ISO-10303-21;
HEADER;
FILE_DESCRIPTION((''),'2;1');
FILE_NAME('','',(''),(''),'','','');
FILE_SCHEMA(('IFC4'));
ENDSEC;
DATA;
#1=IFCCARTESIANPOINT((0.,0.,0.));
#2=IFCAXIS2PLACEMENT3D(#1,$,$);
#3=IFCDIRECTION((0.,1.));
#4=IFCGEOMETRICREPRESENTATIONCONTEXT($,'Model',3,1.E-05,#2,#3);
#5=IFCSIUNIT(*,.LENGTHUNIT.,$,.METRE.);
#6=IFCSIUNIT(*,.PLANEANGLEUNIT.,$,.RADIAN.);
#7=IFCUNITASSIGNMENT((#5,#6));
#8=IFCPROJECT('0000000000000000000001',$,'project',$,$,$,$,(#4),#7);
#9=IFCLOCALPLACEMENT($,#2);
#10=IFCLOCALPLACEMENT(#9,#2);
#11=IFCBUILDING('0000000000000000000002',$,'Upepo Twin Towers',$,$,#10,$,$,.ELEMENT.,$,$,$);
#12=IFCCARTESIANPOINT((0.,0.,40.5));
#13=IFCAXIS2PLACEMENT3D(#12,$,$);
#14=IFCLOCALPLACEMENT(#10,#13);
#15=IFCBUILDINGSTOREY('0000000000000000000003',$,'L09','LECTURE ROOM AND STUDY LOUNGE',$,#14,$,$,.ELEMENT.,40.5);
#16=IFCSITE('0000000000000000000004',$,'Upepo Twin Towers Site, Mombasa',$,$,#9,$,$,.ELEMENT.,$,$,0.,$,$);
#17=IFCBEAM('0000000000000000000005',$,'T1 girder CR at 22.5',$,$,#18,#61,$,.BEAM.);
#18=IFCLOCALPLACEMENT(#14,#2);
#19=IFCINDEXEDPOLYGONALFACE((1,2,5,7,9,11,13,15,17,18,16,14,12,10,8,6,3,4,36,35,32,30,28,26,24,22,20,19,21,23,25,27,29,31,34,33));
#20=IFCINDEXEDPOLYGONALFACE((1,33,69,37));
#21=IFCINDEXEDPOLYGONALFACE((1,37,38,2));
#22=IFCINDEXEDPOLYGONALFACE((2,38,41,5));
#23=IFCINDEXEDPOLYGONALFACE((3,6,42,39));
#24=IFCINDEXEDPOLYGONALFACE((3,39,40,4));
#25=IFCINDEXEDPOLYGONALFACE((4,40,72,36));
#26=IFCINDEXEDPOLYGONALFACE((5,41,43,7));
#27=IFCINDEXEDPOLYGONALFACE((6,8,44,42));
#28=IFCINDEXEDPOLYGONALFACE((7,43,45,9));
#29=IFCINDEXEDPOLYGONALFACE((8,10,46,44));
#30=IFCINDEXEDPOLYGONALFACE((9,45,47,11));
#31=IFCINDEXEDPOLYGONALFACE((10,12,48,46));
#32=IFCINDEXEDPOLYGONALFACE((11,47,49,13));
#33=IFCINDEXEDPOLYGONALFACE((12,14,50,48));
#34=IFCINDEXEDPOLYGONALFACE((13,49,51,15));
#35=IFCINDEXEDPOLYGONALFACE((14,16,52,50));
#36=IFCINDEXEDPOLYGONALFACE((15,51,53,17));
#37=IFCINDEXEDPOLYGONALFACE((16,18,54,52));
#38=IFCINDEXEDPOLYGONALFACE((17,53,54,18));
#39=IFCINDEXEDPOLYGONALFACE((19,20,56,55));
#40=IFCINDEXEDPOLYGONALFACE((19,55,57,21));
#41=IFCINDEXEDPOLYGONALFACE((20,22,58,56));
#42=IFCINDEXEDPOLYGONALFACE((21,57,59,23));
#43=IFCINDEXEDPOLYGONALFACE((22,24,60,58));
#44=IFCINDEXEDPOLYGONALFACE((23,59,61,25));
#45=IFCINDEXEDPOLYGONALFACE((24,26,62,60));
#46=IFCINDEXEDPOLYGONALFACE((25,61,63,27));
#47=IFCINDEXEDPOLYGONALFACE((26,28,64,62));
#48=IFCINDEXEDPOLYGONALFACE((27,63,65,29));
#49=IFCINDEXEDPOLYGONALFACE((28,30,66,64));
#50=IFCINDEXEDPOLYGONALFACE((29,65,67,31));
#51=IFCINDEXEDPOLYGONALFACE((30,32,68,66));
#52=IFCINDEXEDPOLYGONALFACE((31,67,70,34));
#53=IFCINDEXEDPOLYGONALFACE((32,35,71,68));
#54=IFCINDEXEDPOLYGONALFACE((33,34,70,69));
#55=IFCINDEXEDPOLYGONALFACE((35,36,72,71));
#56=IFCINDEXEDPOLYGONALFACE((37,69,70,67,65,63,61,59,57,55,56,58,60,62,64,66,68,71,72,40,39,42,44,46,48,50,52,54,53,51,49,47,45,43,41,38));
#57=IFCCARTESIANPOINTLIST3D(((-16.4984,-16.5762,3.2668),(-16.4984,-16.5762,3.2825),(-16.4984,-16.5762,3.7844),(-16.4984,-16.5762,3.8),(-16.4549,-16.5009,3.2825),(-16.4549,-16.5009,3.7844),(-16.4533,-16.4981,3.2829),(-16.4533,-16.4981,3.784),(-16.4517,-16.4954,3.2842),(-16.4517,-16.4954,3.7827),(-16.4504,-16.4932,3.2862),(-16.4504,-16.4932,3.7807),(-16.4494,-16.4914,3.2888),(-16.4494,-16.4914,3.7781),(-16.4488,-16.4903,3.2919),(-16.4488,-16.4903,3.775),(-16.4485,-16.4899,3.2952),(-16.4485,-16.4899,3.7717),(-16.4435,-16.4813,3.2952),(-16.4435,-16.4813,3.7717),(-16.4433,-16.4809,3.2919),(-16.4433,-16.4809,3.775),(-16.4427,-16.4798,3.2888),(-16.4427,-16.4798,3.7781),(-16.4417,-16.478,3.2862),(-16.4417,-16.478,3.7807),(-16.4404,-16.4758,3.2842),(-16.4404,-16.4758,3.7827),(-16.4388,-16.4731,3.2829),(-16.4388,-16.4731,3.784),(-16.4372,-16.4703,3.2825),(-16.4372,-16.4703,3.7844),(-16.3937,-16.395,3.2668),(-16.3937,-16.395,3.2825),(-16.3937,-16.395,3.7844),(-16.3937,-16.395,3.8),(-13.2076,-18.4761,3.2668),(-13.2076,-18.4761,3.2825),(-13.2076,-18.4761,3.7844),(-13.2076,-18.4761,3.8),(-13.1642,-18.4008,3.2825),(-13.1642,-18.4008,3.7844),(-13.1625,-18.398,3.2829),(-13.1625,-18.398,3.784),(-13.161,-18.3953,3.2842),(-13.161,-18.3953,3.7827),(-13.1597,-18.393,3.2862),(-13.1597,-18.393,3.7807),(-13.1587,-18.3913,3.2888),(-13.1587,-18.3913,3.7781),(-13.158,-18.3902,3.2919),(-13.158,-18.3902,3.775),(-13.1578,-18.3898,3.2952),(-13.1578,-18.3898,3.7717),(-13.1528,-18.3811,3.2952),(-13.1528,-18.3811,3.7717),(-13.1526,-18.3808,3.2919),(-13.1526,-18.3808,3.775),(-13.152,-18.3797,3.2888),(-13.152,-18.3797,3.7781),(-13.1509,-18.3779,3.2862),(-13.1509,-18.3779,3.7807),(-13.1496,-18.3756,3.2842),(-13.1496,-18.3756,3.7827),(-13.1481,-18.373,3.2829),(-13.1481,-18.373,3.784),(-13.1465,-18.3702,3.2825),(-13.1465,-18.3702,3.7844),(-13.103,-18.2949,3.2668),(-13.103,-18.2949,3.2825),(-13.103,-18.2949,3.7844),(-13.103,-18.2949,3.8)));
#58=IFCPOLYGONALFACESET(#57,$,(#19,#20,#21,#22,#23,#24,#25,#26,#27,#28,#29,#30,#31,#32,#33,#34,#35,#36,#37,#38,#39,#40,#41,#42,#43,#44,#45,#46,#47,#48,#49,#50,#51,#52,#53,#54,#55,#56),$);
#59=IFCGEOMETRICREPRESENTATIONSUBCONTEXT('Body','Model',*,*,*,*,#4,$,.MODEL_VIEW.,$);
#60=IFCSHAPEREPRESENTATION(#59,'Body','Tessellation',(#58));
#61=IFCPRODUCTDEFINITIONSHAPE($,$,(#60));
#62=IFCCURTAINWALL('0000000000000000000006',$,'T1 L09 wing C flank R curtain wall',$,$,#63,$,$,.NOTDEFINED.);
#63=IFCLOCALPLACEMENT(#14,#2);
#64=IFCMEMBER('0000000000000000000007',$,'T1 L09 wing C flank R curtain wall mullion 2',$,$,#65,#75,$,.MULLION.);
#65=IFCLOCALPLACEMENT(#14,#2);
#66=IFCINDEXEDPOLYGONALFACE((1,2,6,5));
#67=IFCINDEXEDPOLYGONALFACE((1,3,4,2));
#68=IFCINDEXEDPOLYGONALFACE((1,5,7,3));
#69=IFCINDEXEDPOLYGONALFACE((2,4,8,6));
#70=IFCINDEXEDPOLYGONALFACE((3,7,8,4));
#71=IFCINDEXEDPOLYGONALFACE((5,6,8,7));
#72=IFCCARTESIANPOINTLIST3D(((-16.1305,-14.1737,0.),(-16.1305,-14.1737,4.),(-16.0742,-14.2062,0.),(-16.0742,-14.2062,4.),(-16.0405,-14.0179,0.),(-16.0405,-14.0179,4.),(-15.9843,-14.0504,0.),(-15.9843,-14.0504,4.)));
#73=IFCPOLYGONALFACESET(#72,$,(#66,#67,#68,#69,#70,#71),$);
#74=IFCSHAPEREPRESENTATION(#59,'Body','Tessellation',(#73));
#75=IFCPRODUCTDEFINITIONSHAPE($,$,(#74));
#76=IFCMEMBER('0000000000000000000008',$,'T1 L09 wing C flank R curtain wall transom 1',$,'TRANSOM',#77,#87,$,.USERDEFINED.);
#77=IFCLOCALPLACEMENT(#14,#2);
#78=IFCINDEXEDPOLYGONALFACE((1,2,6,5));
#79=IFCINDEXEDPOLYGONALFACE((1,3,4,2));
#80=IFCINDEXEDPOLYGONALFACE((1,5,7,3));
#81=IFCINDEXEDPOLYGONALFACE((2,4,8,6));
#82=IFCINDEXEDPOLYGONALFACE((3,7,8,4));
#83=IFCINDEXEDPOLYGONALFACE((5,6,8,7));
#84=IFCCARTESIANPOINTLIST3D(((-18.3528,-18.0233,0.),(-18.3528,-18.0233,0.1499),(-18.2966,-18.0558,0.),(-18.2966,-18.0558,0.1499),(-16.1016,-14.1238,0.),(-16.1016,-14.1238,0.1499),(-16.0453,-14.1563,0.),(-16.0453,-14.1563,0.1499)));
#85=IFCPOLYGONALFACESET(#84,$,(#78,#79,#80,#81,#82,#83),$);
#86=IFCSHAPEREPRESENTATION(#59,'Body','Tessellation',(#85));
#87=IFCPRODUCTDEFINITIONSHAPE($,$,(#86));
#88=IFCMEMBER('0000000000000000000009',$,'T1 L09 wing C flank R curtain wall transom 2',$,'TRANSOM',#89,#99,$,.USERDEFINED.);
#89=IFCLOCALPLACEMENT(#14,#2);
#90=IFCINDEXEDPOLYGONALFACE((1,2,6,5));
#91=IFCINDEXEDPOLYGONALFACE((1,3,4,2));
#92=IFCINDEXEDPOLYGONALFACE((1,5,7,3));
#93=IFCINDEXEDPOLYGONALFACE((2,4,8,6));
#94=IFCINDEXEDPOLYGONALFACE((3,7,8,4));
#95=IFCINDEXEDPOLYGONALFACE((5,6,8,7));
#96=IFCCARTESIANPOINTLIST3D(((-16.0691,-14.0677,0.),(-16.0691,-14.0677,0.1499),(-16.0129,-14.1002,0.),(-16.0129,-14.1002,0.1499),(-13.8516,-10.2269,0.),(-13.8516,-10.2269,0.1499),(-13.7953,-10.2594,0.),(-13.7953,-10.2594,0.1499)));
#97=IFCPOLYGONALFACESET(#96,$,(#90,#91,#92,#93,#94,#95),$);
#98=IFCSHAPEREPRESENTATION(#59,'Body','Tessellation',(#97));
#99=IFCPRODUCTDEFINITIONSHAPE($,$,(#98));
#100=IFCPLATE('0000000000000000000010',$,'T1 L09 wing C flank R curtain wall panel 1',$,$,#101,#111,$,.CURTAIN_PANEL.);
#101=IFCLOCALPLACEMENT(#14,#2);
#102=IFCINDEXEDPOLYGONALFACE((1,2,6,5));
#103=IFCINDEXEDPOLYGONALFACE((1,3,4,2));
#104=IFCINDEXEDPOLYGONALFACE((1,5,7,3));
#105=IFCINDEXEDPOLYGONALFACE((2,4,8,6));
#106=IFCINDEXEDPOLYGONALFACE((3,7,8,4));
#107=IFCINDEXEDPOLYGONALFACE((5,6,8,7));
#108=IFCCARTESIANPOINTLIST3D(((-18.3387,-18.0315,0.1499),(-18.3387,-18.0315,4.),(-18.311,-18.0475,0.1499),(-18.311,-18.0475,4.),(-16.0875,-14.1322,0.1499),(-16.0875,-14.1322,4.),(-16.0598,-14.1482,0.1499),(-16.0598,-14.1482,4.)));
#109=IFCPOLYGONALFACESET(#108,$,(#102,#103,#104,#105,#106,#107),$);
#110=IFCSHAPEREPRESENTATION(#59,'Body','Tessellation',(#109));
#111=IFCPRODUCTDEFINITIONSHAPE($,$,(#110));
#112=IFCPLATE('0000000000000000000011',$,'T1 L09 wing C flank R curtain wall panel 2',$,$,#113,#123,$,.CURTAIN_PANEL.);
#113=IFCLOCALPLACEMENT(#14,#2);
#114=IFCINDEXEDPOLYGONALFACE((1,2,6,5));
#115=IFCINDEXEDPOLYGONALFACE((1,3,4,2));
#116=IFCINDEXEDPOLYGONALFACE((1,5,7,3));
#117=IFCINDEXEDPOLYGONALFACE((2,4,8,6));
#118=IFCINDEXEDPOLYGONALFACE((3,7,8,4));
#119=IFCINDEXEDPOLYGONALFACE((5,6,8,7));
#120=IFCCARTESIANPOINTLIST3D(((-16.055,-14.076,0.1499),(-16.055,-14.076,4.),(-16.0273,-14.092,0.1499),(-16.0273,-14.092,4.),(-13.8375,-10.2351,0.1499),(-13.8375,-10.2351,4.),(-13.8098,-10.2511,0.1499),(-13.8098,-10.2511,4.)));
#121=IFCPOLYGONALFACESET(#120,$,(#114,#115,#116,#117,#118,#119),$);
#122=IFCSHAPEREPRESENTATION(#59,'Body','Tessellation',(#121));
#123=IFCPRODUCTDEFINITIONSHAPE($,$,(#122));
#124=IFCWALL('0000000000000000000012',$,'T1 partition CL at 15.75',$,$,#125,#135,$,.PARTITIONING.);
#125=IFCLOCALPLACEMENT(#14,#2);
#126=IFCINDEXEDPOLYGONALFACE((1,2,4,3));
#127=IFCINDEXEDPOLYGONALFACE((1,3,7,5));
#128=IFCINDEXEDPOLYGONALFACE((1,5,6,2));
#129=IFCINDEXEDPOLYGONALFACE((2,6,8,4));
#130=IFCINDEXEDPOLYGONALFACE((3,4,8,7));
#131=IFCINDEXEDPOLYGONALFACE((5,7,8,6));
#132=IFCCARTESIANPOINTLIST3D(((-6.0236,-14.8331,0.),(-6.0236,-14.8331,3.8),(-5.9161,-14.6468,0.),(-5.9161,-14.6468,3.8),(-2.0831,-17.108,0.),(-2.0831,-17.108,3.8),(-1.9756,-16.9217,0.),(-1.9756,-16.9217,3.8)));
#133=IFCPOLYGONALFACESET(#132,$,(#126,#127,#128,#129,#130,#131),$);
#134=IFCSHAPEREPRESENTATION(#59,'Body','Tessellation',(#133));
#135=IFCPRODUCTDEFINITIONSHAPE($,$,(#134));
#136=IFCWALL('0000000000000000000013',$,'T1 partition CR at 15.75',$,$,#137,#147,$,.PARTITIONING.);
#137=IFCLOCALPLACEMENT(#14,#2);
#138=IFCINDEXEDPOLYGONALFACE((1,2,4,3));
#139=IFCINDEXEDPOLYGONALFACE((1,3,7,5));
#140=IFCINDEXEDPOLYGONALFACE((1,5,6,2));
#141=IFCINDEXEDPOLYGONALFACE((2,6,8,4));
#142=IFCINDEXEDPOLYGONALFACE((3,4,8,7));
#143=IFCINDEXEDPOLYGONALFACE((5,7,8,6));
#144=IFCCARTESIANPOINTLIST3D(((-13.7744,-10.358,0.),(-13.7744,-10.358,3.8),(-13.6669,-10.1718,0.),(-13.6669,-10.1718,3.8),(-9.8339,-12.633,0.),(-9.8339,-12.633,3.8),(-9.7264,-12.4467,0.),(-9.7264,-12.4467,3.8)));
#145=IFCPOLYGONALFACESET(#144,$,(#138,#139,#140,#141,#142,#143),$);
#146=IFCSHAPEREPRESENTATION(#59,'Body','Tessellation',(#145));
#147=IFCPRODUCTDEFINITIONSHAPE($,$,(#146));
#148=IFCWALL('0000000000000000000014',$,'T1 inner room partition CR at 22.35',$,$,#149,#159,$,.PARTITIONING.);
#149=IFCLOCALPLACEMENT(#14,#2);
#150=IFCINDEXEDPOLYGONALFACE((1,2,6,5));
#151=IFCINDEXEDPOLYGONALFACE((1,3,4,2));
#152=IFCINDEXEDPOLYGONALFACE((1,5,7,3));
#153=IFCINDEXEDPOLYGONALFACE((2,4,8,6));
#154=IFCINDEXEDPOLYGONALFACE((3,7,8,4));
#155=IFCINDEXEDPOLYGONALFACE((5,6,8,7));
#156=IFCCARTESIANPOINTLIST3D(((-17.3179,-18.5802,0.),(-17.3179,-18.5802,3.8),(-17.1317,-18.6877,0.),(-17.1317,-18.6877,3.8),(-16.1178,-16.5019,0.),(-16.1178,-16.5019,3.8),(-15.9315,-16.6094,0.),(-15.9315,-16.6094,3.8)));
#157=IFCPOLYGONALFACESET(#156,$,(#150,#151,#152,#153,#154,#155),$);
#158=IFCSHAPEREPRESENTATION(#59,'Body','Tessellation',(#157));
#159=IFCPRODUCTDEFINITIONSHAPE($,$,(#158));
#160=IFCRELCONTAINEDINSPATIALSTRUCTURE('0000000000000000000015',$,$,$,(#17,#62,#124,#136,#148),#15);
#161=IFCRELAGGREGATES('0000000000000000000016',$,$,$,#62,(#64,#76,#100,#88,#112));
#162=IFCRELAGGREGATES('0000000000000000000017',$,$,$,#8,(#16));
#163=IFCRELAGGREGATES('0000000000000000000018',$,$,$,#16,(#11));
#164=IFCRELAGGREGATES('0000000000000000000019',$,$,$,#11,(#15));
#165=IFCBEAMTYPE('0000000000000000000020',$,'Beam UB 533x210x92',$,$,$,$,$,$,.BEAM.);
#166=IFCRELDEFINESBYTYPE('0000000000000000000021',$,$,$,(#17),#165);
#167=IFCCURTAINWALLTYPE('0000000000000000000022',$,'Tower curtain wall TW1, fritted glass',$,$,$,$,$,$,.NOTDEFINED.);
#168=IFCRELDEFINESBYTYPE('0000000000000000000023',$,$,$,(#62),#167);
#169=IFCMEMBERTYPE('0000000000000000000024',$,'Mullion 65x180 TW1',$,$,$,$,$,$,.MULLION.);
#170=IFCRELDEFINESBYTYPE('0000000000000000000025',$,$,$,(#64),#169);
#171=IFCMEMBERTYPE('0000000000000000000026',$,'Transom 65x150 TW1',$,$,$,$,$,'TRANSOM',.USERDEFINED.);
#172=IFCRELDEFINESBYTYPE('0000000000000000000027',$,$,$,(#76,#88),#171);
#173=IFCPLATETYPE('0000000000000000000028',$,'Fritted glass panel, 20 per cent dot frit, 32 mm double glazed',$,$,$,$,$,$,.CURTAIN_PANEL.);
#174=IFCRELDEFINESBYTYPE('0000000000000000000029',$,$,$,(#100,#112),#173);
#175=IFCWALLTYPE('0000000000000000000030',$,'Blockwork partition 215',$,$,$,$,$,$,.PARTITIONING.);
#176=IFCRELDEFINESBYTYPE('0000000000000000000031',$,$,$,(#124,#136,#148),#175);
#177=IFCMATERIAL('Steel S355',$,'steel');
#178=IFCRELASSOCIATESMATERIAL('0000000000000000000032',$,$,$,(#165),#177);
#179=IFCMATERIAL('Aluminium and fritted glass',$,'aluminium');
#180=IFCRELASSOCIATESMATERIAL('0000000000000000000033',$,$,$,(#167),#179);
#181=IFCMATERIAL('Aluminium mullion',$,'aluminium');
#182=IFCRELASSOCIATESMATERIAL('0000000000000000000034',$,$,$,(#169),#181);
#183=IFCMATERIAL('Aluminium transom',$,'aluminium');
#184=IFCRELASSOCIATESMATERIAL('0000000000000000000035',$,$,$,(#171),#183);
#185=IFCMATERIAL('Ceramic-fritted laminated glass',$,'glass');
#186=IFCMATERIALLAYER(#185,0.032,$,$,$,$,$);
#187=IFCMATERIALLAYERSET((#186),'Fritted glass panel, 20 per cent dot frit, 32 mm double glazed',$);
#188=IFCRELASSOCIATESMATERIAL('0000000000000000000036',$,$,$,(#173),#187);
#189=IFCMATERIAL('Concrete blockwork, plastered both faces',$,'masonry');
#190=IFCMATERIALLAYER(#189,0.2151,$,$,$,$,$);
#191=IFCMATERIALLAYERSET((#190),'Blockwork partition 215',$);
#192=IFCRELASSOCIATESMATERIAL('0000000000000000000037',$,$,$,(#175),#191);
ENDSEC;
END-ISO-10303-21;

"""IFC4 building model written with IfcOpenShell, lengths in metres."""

from ifc_helpers import new_model, si_unit, direction, frame, frame_2d, origin, origin_2d, place, context, subcontext, project, spatial, rectangle, i_section, extrude, material, layer, layer_set, material_profile, profile_set, type_object, element, aggregate, save


model = new_model("IFC4")

# Units and contexts
model_context = context("Model", 3, precision=1e-05, world=origin(), true_north=direction((0.0, 1.0)))
body_context = subcontext(model_context, "Body", "Model", "MODEL_VIEW")
ifc_project = project(units=[si_unit("LENGTHUNIT", "METRE"), si_unit("PLANEANGLEUNIT", "RADIAN")], contexts=[model_context])

# Site, building, storey
site_placement = place(None, origin())
site = spatial("IfcSite", under=ifc_project, at=site_placement, Name="Upepo Twin Towers Site, Mombasa", CompositionType="ELEMENT", RefElevation=0.0)
building_placement = place(site_placement, origin())
building = spatial("IfcBuilding", under=site, at=building_placement, Name="Upepo Twin Towers", CompositionType="ELEMENT")
storey_placement = place(building_placement, frame((0.0, 0.0, 40.5)))
storey = spatial("IfcBuildingStorey", under=building, at=storey_placement, Name="L09", Description="LECTURE ROOM AND STUDY LOUNGE", CompositionType="ELEMENT", Elevation=40.5)

# Beam
ifc_material_1 = material(Name="Steel S355", Category="steel")
ifc_material_profile_1 = material_profile(ifc_material_1, i_section(OverallWidth=0.2092, OverallDepth=0.5332, WebThickness=0.01, FlangeThickness=0.0156, FilletRadius=0.0127, at=origin_2d()), Name="UB 533x210x92")
ifc_profile_set_1 = profile_set([ifc_material_profile_1], Name="Steel S355")
beam_type_1 = type_object("IfcBeamType", Name="Beam UB 533x210x92", PredefinedType="BEAM", material=ifc_profile_set_1)
beam_1_placement = place(storey_placement, frame((-16.446, -16.4856, 3.5334), z_axis=(0.866028, -0.499995, 0.0), x_axis=(0.499995, 0.866028, 0.0)))
element("IfcBeam", 1, at=beam_1_placement, inside=storey, type_object=beam_type_1, Name="T1 girder CR at 22.5", PredefinedType="BEAM", context=body_context, shape_type="SweptSolid", body=[
    extrude(i_section(OverallWidth=0.2092, OverallDepth=0.5332, WebThickness=0.01, FlangeThickness=0.0156, FilletRadius=0.0127, at=origin_2d()), origin(), (0.0, 0.0, 1.0), 3.7998),
])

# Curtain wall, members, plates
ifc_material_2 = material(Name="Aluminium and fritted glass", Category="aluminium")
curtain_wall_type = type_object("IfcCurtainWallType", Name="Tower curtain wall TW1, fritted glass", PredefinedType="NOTDEFINED", material=ifc_material_2)
curtain_wall_placement = place(storey_placement, origin())
curtain_wall = element("IfcCurtainWall", 2, at=curtain_wall_placement, inside=storey, type_object=curtain_wall_type, Name="T1 L09 wing C flank R curtain wall", PredefinedType="NOTDEFINED")
ifc_material_3 = material(Name="Aluminium mullion", Category="aluminium")
ifc_material_profile_2 = material_profile(ifc_material_3, rectangle(XDim=0.0649, YDim=0.1799, at=origin_2d()), Name="MULLION 65x180")
ifc_profile_set_2 = profile_set([ifc_material_profile_2], Name="Aluminium mullion")
member_type_1 = type_object("IfcMemberType", Name="Mullion 65x180 TW1", PredefinedType="MULLION", material=ifc_profile_set_2)
member_1_placement = place(storey_placement, frame((-16.0574, -14.1121, 0.0), z_axis=(0.0, 0.0, 1.0), x_axis=(-0.866025, 0.5, 0.0)))
member_1 = element("IfcMember", 3, at=member_1_placement, type_object=member_type_1, Name="T1 L09 wing C flank R curtain wall mullion 2", PredefinedType="MULLION", context=body_context, shape_type="SweptSolid", body=[
    extrude(rectangle(XDim=0.0649, YDim=0.1799, at=origin_2d()), origin(), (0.0, 0.0, 1.0), 4.0),
])
ifc_material_4 = material(Name="Aluminium transom", Category="aluminium")
ifc_material_profile_3 = material_profile(ifc_material_4, rectangle(XDim=0.0649, YDim=0.1499, at=origin_2d()), Name="TRANSOM 65x150")
ifc_profile_set_3 = profile_set([ifc_material_profile_3], Name="Aluminium transom")
member_type_2 = type_object("IfcMemberType", Name="Transom 65x150 TW1", ElementType="TRANSOM", PredefinedType="USERDEFINED", material=ifc_profile_set_3)
member_2_placement = place(storey_placement, frame((-18.3247, -18.0396, 0.075), z_axis=(0.499982, 0.866036, 0.0), x_axis=(-0.866036, 0.499982, 0.0)))
member_2 = element("IfcMember", 4, at=member_2_placement, type_object=member_type_2, Name="T1 L09 wing C flank R curtain wall transom 1", ObjectType="TRANSOM", PredefinedType="USERDEFINED", context=body_context, shape_type="SweptSolid", body=[
    extrude(rectangle(XDim=0.0649, YDim=0.1499, at=origin_2d()), origin(), (0.0, 0.0, 1.0), 4.5027),
])
member_3_placement = place(storey_placement, frame((-16.041, -14.084, 0.075), z_axis=(0.500005, 0.866022, 0.0), x_axis=(-0.866022, 0.500005, 0.0)))
member_3 = element("IfcMember", 5, at=member_3_placement, type_object=member_type_2, Name="T1 L09 wing C flank R curtain wall transom 2", ObjectType="TRANSOM", PredefinedType="USERDEFINED", context=body_context, shape_type="SweptSolid", body=[
    extrude(rectangle(XDim=0.0649, YDim=0.1499, at=origin_2d()), origin(), (0.0, 0.0, 1.0), 4.4351),
])
ifc_material_5 = material(Name="Ceramic-fritted laminated glass", Category="glass")
ifc_layer_1 = layer(ifc_material_5, 0.032)
ifc_layer_set_1 = layer_set([ifc_layer_1], Name="Fritted glass panel, 20 per cent dot frit, 32 mm double glazed")
plate_type = type_object("IfcPlateType", Name="Fritted glass panel, 20 per cent dot frit, 32 mm double glazed", PredefinedType="CURTAIN_PANEL", material=ifc_layer_set_1)
plate_1_placement = place(storey_placement, frame((-17.1992, -16.0898, 0.1499), z_axis=(0.0, 0.0, 1.0), x_axis=(0.5, 0.866025, 0.0)))
plate_1 = element("IfcPlate", 6, at=plate_1_placement, type_object=plate_type, Name="T1 L09 wing C flank R curtain wall panel 1", PredefinedType="CURTAIN_PANEL", context=body_context, shape_type="SweptSolid", body=[
    extrude(rectangle(XDim=4.5024, YDim=0.032, at=origin_2d()), origin(), (0.0, 0.0, 1.0), 3.8501),
])
plate_2_placement = place(storey_placement, frame((-14.9324, -12.1636, 0.1499), z_axis=(0.0, 0.0, 1.0), x_axis=(0.5, 0.866025, 0.0)))
plate_2 = element("IfcPlate", 7, at=plate_2_placement, type_object=plate_type, Name="T1 L09 wing C flank R curtain wall panel 2", PredefinedType="CURTAIN_PANEL", context=body_context, shape_type="SweptSolid", body=[
    extrude(rectangle(XDim=4.4351, YDim=0.032, at=origin_2d()), origin(), (0.0, 0.0, 1.0), 3.8501),
])
aggregate(curtain_wall, [member_1, member_2, plate_1, member_3, plate_2])

# Walls
ifc_material_6 = material(Name="Concrete blockwork, plastered both faces", Category="masonry")
ifc_layer_2 = layer(ifc_material_6, 0.2151)
ifc_layer_set_2 = layer_set([ifc_layer_2], Name="Blockwork partition 215")
wall_type_1 = type_object("IfcWallType", Name="Blockwork partition 215", PredefinedType="PARTITIONING", material=ifc_layer_set_2)
for number, where, z_axis, x_axis, name in (
    (8, (-5.9697, -14.74, 0.0), (0.0, 0.0, 1.0), (0.866035, -0.499983, 0.0), "T1 partition CL at 15.75"),
    (9, (-9.7803, -12.5398, 0.0), (0.0, 0.0, 1.0), (-0.866035, 0.499983, 0.0), "T1 partition CR at 15.75"),
):
    element("IfcWall", number, at=place(storey_placement, frame(where, z_axis=z_axis, x_axis=x_axis)), inside=storey, type_object=wall_type_1, Name=name, PredefinedType="PARTITIONING", context=body_context, shape_type="SweptSolid", body=[
        extrude(rectangle(XDim=4.55, YDim=0.2151, at=frame_2d((2.2749, 0.0))), origin(), (0.0, 0.0, 1.0), 3.8),
    ])
wall_1_placement = place(storey_placement, frame((-16.0247, -16.5557, 0.0), z_axis=(0.0, 0.0, 1.0), x_axis=(-0.500078, -0.865981, 0.0)))
element("IfcWall", 10, at=wall_1_placement, inside=storey, type_object=wall_type_1, Name="T1 inner room partition CR at 22.35", PredefinedType="PARTITIONING", context=body_context, shape_type="SweptSolid", body=[
    extrude(rectangle(XDim=2.3999, YDim=0.2151, at=frame_2d((1.2, 0.0))), origin(), (0.0, 0.0, 1.0), 3.8),
])

save(model, "model.ifc")
